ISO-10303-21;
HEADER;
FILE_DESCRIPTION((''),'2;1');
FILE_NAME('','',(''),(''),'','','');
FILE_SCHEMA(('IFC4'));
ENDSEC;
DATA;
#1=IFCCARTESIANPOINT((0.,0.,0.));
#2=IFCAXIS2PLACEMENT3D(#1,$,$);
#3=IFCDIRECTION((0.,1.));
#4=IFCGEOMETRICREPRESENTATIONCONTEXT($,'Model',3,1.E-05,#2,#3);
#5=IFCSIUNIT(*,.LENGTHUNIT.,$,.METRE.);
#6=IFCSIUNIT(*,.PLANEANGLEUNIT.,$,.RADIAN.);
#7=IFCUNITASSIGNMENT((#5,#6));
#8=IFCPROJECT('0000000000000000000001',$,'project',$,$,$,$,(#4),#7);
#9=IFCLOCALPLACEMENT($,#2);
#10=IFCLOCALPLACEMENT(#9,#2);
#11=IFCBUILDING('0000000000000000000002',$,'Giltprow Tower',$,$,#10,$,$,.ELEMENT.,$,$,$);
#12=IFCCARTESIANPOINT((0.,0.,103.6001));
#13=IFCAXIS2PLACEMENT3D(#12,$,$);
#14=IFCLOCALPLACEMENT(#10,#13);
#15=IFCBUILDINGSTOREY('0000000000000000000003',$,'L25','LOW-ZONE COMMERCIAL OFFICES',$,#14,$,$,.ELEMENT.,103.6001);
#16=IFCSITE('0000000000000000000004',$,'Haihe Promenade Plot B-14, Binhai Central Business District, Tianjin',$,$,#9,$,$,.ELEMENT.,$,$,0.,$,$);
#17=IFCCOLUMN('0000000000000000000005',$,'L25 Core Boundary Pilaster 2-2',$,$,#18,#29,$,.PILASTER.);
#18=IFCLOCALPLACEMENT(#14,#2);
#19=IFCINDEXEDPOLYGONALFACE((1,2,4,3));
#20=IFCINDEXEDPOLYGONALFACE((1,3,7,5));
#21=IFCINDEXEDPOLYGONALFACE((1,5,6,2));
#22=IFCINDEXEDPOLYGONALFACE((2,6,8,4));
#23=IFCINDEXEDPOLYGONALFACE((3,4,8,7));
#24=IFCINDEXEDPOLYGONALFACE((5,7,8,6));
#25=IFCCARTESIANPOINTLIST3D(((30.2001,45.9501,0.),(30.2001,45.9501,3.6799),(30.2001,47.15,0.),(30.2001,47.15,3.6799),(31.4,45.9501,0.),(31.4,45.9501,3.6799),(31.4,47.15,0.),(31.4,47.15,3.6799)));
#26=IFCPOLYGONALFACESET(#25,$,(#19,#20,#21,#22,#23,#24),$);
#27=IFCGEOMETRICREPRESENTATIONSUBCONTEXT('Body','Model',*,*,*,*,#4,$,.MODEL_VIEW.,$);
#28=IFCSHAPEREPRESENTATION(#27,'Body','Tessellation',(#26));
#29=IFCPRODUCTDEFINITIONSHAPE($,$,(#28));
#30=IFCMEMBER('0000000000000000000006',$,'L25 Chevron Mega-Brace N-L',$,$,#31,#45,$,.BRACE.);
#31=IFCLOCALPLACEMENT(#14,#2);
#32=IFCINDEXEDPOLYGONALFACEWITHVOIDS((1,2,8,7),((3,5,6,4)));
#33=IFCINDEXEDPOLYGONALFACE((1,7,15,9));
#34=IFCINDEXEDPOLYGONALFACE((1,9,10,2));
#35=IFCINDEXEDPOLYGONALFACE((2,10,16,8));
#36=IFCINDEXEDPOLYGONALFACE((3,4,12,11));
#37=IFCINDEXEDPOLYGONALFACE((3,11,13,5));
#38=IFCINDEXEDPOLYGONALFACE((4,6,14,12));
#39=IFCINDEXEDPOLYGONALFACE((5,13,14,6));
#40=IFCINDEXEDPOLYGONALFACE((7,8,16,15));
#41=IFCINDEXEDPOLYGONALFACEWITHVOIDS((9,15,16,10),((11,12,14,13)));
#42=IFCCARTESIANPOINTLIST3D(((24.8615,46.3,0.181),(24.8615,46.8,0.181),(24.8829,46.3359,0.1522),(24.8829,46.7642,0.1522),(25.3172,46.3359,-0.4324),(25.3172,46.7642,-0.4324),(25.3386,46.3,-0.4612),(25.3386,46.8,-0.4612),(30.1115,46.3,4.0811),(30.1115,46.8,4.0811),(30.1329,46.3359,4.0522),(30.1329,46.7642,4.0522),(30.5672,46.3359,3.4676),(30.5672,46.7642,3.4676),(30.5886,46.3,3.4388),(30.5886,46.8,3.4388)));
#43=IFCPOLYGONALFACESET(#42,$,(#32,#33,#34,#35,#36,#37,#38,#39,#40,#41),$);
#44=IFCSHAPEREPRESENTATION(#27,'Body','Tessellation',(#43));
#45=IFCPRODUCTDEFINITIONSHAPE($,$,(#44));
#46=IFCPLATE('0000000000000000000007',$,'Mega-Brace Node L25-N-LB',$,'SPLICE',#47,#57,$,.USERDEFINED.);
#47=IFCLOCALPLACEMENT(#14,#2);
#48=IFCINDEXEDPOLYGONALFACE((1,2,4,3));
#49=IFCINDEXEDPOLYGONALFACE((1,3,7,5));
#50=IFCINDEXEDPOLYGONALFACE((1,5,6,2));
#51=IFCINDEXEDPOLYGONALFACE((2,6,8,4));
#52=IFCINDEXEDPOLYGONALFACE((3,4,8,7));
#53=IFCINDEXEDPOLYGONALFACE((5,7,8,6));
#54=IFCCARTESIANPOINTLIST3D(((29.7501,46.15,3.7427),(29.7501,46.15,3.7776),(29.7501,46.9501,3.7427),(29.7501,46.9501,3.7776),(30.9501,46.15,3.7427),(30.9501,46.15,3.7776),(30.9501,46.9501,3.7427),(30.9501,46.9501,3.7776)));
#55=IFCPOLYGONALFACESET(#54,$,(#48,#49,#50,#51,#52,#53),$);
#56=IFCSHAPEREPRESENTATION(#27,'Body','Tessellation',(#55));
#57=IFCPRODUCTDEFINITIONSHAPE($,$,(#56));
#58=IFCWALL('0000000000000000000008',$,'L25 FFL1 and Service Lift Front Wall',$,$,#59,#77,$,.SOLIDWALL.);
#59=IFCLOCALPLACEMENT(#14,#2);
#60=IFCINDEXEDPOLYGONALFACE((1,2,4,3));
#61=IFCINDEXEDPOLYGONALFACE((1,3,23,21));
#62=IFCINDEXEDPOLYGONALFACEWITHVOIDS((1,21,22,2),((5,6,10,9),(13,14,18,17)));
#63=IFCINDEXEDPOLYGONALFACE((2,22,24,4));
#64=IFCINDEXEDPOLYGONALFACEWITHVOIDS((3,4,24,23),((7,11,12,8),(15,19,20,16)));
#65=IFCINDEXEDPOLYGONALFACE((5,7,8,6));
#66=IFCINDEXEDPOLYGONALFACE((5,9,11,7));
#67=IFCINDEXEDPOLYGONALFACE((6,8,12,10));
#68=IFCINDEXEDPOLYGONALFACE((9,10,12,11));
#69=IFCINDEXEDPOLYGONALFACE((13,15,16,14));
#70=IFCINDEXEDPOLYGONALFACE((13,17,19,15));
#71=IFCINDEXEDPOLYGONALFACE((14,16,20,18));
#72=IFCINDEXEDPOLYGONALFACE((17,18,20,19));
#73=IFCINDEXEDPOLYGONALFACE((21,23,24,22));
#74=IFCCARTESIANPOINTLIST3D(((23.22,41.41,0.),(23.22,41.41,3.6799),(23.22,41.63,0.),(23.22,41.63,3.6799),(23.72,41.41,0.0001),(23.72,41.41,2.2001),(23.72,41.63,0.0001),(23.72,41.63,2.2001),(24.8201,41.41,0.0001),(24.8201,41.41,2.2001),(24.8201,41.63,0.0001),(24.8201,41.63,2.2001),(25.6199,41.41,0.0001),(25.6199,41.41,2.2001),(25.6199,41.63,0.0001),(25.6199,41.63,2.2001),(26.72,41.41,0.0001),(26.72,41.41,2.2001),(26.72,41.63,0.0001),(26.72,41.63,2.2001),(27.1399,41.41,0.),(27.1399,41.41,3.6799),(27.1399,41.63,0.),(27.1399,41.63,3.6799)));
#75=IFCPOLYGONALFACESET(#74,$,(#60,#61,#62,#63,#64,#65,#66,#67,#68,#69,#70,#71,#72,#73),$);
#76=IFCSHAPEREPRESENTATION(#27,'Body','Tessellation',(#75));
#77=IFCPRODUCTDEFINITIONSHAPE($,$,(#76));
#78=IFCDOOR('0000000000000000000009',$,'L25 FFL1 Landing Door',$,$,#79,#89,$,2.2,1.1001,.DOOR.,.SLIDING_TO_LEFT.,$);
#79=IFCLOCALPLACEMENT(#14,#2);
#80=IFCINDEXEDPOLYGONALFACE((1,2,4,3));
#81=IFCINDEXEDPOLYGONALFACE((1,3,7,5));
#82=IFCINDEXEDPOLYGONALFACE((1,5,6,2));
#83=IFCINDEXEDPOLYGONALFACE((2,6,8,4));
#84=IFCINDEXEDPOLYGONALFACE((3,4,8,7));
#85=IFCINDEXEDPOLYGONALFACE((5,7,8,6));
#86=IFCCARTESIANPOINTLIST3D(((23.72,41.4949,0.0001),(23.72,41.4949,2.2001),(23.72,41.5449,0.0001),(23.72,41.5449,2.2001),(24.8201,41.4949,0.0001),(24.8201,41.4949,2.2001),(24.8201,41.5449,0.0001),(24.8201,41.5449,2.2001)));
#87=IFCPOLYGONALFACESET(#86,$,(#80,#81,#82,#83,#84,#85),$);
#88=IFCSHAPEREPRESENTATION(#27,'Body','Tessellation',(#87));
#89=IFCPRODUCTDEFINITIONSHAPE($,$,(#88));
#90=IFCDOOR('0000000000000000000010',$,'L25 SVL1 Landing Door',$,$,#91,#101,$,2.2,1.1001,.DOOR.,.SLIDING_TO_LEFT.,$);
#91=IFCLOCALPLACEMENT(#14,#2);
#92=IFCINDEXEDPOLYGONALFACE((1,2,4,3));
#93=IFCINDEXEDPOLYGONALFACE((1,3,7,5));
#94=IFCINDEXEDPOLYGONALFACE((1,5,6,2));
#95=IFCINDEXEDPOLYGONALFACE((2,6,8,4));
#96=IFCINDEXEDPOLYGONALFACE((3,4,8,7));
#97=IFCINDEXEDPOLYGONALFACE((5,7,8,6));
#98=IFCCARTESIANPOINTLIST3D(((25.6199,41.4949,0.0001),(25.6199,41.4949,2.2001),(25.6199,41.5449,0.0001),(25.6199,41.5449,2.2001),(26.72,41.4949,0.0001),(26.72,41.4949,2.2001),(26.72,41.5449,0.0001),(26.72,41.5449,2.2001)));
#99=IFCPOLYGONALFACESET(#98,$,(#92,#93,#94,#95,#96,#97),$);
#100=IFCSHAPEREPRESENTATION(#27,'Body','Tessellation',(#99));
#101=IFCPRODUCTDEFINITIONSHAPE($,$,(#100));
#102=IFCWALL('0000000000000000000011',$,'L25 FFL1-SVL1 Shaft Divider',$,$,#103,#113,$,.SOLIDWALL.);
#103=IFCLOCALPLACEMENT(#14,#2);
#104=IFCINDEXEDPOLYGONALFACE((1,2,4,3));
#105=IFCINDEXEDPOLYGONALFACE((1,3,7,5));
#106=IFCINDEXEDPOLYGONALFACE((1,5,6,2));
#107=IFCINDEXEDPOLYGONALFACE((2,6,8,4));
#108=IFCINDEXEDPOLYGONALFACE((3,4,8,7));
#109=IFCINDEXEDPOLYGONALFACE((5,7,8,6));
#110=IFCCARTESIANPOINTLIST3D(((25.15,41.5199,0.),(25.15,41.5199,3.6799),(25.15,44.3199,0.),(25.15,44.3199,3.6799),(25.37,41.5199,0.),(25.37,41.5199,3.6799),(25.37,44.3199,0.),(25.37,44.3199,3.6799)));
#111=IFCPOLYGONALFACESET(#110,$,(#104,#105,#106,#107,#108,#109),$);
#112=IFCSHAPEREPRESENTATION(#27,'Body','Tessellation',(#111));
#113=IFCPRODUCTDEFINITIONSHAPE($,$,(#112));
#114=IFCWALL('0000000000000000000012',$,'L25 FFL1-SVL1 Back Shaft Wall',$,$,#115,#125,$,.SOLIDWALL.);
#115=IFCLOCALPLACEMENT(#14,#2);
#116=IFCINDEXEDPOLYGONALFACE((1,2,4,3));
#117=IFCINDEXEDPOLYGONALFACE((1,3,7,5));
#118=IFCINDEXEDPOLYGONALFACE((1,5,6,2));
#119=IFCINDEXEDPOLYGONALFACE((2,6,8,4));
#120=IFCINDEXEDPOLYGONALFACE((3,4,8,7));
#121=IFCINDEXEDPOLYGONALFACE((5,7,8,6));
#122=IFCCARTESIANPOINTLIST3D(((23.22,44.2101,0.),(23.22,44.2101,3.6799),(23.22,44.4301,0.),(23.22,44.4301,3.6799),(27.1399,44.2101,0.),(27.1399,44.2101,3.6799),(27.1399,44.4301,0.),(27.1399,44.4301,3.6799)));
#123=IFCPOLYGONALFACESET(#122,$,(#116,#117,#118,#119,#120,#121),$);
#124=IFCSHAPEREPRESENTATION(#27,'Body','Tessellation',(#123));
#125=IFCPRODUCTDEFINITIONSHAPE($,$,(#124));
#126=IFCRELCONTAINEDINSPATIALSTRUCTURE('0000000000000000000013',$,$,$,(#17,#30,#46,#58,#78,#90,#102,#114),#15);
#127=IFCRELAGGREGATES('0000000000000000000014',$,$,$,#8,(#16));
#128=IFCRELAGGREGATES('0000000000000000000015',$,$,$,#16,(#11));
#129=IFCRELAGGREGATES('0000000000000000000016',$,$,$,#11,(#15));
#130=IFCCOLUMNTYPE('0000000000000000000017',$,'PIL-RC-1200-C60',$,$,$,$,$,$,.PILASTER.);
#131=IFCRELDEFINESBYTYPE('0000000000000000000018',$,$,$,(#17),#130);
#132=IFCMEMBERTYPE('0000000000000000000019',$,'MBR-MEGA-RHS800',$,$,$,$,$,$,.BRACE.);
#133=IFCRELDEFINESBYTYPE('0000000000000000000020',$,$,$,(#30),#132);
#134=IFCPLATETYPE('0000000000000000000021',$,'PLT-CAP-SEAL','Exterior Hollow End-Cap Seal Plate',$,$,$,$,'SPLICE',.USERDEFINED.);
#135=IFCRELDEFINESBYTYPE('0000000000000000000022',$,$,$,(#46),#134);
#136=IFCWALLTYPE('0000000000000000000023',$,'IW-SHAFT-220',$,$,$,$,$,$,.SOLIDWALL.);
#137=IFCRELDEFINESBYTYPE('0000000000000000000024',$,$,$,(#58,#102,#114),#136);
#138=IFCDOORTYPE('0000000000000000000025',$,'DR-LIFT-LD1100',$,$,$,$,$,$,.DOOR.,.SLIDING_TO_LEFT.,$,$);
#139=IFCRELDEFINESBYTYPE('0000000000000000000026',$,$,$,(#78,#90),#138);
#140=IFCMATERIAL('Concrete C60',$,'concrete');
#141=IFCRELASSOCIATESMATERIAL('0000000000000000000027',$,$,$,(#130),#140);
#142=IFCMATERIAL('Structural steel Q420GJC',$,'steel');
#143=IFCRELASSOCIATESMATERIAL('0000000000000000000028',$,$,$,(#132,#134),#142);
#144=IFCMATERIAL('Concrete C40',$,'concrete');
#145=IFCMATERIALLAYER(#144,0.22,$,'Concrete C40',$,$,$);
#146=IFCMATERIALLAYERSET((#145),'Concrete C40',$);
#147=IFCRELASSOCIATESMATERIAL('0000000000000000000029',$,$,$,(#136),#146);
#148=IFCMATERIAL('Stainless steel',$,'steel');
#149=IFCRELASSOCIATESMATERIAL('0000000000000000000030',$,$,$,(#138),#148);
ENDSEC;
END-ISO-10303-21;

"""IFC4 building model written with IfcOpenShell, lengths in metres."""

from ifc_helpers import new_model, si_unit, direction, frame, frame_2d, origin, origin_2d, place, context, subcontext, project, spatial, rectangle, hollow_rectangle, extrude, source, transform, mapped, material, layer, layer_set, material_profile, profile_set, type_object, element, fill, save


model = new_model("IFC4")

# Units and contexts
model_context = context("Model", 3, precision=1e-05, world=origin(), true_north=direction((0.0, 1.0)))
body_context = subcontext(model_context, "Body", "Model", "MODEL_VIEW")
ifc_project = project(units=[si_unit("LENGTHUNIT", "METRE"), si_unit("PLANEANGLEUNIT", "RADIAN")], contexts=[model_context])

# Site, building, storey
site_placement = place(None, origin())
site = spatial("IfcSite", under=ifc_project, at=site_placement, Name="Haihe Promenade Plot B-14, Binhai Central Business District, Tianjin", CompositionType="ELEMENT", RefElevation=0.0)
building_placement = place(site_placement, origin())
building = spatial("IfcBuilding", under=site, at=building_placement, Name="Giltprow Tower", CompositionType="ELEMENT")
storey_placement = place(building_placement, frame((0.0, 0.0, 103.6001)))
storey = spatial("IfcBuildingStorey", under=building, at=storey_placement, Name="L25", Description="LOW-ZONE COMMERCIAL OFFICES", CompositionType="ELEMENT", Elevation=103.6001)

# Column
ifc_material_1 = material(Name="Concrete C60", Category="concrete")
ifc_material_profile_1 = material_profile(ifc_material_1, rectangle(XDim=1.2, YDim=1.2, at=origin_2d()), Name="RC 1200x1200")
ifc_profile_set_1 = profile_set([ifc_material_profile_1], Name="Concrete C60")
column_type = type_object("IfcColumnType", Name="PIL-RC-1200-C60", PredefinedType="PILASTER", material=ifc_profile_set_1)
shared_shape_1 = source(origin(), body_context, "Body", "SweptSolid", [
    extrude(rectangle(XDim=1.2, YDim=1.2, at=origin_2d()), origin(), (0.0, 0.0, 1.0), 3.6799),
])
column_placement = place(storey_placement, frame((30.8, 46.55, 0.0), z_axis=(0.0, 0.0, 1.0), x_axis=(1.0, 0.0, 0.0)))
element("IfcColumn", 1, at=column_placement, inside=storey, type_object=column_type, Name="L25 Core Boundary Pilaster 2-2", PredefinedType="PILASTER", context=body_context, shape_type="MappedRepresentation", body=[
    mapped(shared_shape_1, transform((0.0, 0.0, 0.0), x_axis=(1.0, 0.0, 0.0), y_axis=(0.0, 1.0, 0.0), z_axis=(0.0, 0.0, 1.0), scale=1.0)),
])

# Member
ifc_material_2 = material(Name="Structural steel Q420GJC", Category="steel")
ifc_material_profile_2 = material_profile(ifc_material_2, hollow_rectangle(XDim=0.5, YDim=0.8, WallThickness=0.0359, at=origin_2d()), Name="RHS 800x500x36")
ifc_profile_set_2 = profile_set([ifc_material_profile_2], Name="Structural steel Q420GJC")
member_type = type_object("IfcMemberType", Name="MBR-MEGA-RHS800", PredefinedType="BRACE", material=ifc_profile_set_2)
shared_shape_2 = source(origin(), body_context, "Body", "SweptSolid", [
    extrude(hollow_rectangle(XDim=0.5, YDim=0.8, WallThickness=0.0359, at=origin_2d()), origin(), (0.0, 0.0, 1.0), 6.54),
])
member_placement = place(storey_placement, frame((25.1001, 46.55, -0.1401), z_axis=(0.802733, 0.0, 0.596338), x_axis=(0.0, 1.0, 0.0)))
element("IfcMember", 2, at=member_placement, inside=storey, type_object=member_type, Name="L25 Chevron Mega-Brace N-L", PredefinedType="BRACE", context=body_context, shape_type="MappedRepresentation", body=[
    mapped(shared_shape_2, transform((0.0, 0.0, 0.0), x_axis=(1.0, 0.0, 0.0), y_axis=(0.0, 1.0, 0.0), z_axis=(0.0, 0.0, 1.0), scale=1.0)),
])

# Plate
plate_type = type_object("IfcPlateType", Name="PLT-CAP-SEAL", Description="Exterior Hollow End-Cap Seal Plate", ElementType="SPLICE", PredefinedType="USERDEFINED", material=ifc_material_2)
shared_shape_3 = source(origin(), body_context, "Body", "SweptSolid", [
    extrude(rectangle(XDim=1.2, YDim=0.8, at=origin_2d()), origin(), (0.0, 0.0, 1.0), 0.0349),
])
plate_placement = place(storey_placement, frame((30.3501, 46.55, 3.7427), z_axis=(0.0, 0.0, 1.0), x_axis=(1.0, 0.0, 0.0)))
element("IfcPlate", 3, at=plate_placement, inside=storey, type_object=plate_type, Name="Mega-Brace Node L25-N-LB", ObjectType="SPLICE", PredefinedType="USERDEFINED", context=body_context, shape_type="MappedRepresentation", body=[
    mapped(shared_shape_3, transform((0.0, 0.0, 0.0), x_axis=(1.0, 0.0, 0.0), y_axis=(0.0, 1.0, 0.0), z_axis=(0.0, 0.0, 1.0), scale=1.0)),
])

# Wall, openings, doors
ifc_material_3 = material(Name="Concrete C40", Category="concrete")
ifc_layer_1 = layer(ifc_material_3, 0.22, Name="Concrete C40")
ifc_layer_set_1 = layer_set([ifc_layer_1], Name="Concrete C40")
wall_type_1 = type_object("IfcWallType", Name="IW-SHAFT-220", PredefinedType="SOLIDWALL", material=ifc_layer_set_1)
wall_1_placement = place(storey_placement, frame((23.22, 41.52, 0.0), z_axis=(0.0, 0.0, 1.0), x_axis=(1.0, 0.0, 0.0)))
wall_1 = element("IfcWall", 4, at=wall_1_placement, inside=storey, type_object=wall_type_1, Name="L25 FFL1 and Service Lift Front Wall", PredefinedType="SOLIDWALL", context=body_context, shape_type="SweptSolid", body=[
    extrude(rectangle(XDim=3.9199, YDim=0.22, at=frame_2d((1.96, 0.0))), origin(), (0.0, 0.0, 1.0), 3.6799),
])
opening_1_placement = place(wall_1_placement, frame((0.5, 0.0, 0.0)))
opening_1 = element("IfcOpeningElement", 5, at=opening_1_placement, cuts=wall_1, PredefinedType="OPENING", context=body_context, shape_type="SweptSolid", body=[
    extrude(rectangle(XDim=1.1001, YDim=2.2, at=frame_2d((0.55, 1.1001))), frame((0.0, 0.1199, 0.0), z_axis=(0.0, -1.0, 0.0), x_axis=(1.0, 0.0, 0.0)), (0.0, 0.0, 1.0), 0.24),
])
opening_2_placement = place(wall_1_placement, frame((2.3999, 0.0, 0.0)))
opening_2 = element("IfcOpeningElement", 6, at=opening_2_placement, cuts=wall_1, PredefinedType="OPENING", context=body_context, shape_type="SweptSolid", body=[
    extrude(rectangle(XDim=1.1001, YDim=2.2, at=frame_2d((0.55, 1.1001))), frame((0.0, 0.1199, 0.0), z_axis=(0.0, -1.0, 0.0), x_axis=(1.0, 0.0, 0.0)), (0.0, 0.0, 1.0), 0.24),
])
ifc_material_4 = material(Name="Stainless steel", Category="steel")
door_type = type_object("IfcDoorType", Name="DR-LIFT-LD1100", OperationType="SLIDING_TO_LEFT", PredefinedType="DOOR", material=ifc_material_4)
shared_shape_4 = source(origin(), body_context, "Body", "SweptSolid", [
    extrude(rectangle(XDim=1.1001, YDim=2.2, at=frame_2d((0.55, 1.1001))), frame((0.0, 0.0249, 0.0), z_axis=(0.0, -1.0, 0.0), x_axis=(1.0, 0.0, 0.0)), (0.0, 0.0, 1.0), 0.05),
])
door_1_placement = place(opening_1_placement, origin())
door_1 = element("IfcDoor", 7, at=door_1_placement, inside=storey, type_object=door_type, Name="L25 FFL1 Landing Door", OperationType="SLIDING_TO_LEFT", OverallHeight=2.2, OverallWidth=1.1001, PredefinedType="DOOR", context=body_context, shape_type="MappedRepresentation", body=[
    mapped(shared_shape_4, transform((0.0, 0.0, 0.0), x_axis=(1.0, 0.0, 0.0), y_axis=(0.0, 1.0, 0.0), z_axis=(0.0, 0.0, 1.0), scale=1.0)),
])
fill(opening_1, door_1)
door_2_placement = place(opening_2_placement, origin())
door_2 = element("IfcDoor", 8, at=door_2_placement, inside=storey, type_object=door_type, Name="L25 SVL1 Landing Door", OperationType="SLIDING_TO_LEFT", OverallHeight=2.2, OverallWidth=1.1001, PredefinedType="DOOR", context=body_context, shape_type="MappedRepresentation", body=[
    mapped(shared_shape_4, transform((0.0, 0.0, 0.0), x_axis=(1.0, 0.0, 0.0), y_axis=(0.0, 1.0, 0.0), z_axis=(0.0, 0.0, 1.0), scale=1.0)),
])
fill(opening_2, door_2)

# Walls
wall_2_placement = place(storey_placement, frame((25.26, 41.52, 0.0), z_axis=(0.0, 0.0, 1.0), x_axis=(0.0, 1.0, 0.0)))
element("IfcWall", 9, at=wall_2_placement, inside=storey, type_object=wall_type_1, Name="L25 FFL1-SVL1 Shaft Divider", PredefinedType="SOLIDWALL", context=body_context, shape_type="SweptSolid", body=[
    extrude(rectangle(XDim=2.8, YDim=0.22, at=frame_2d((1.3999, 0.0))), origin(), (0.0, 0.0, 1.0), 3.6799),
])
wall_3_placement = place(storey_placement, frame((23.22, 44.3201, 0.0), z_axis=(0.0, 0.0, 1.0), x_axis=(1.0, 0.0, 0.0)))
element("IfcWall", 10, at=wall_3_placement, inside=storey, type_object=wall_type_1, Name="L25 FFL1-SVL1 Back Shaft Wall", PredefinedType="SOLIDWALL", context=body_context, shape_type="SweptSolid", body=[
    extrude(rectangle(XDim=3.9199, YDim=0.22, at=frame_2d((1.96, 0.0))), origin(), (0.0, 0.0, 1.0), 3.6799),
])

save(model, "model.ifc")
